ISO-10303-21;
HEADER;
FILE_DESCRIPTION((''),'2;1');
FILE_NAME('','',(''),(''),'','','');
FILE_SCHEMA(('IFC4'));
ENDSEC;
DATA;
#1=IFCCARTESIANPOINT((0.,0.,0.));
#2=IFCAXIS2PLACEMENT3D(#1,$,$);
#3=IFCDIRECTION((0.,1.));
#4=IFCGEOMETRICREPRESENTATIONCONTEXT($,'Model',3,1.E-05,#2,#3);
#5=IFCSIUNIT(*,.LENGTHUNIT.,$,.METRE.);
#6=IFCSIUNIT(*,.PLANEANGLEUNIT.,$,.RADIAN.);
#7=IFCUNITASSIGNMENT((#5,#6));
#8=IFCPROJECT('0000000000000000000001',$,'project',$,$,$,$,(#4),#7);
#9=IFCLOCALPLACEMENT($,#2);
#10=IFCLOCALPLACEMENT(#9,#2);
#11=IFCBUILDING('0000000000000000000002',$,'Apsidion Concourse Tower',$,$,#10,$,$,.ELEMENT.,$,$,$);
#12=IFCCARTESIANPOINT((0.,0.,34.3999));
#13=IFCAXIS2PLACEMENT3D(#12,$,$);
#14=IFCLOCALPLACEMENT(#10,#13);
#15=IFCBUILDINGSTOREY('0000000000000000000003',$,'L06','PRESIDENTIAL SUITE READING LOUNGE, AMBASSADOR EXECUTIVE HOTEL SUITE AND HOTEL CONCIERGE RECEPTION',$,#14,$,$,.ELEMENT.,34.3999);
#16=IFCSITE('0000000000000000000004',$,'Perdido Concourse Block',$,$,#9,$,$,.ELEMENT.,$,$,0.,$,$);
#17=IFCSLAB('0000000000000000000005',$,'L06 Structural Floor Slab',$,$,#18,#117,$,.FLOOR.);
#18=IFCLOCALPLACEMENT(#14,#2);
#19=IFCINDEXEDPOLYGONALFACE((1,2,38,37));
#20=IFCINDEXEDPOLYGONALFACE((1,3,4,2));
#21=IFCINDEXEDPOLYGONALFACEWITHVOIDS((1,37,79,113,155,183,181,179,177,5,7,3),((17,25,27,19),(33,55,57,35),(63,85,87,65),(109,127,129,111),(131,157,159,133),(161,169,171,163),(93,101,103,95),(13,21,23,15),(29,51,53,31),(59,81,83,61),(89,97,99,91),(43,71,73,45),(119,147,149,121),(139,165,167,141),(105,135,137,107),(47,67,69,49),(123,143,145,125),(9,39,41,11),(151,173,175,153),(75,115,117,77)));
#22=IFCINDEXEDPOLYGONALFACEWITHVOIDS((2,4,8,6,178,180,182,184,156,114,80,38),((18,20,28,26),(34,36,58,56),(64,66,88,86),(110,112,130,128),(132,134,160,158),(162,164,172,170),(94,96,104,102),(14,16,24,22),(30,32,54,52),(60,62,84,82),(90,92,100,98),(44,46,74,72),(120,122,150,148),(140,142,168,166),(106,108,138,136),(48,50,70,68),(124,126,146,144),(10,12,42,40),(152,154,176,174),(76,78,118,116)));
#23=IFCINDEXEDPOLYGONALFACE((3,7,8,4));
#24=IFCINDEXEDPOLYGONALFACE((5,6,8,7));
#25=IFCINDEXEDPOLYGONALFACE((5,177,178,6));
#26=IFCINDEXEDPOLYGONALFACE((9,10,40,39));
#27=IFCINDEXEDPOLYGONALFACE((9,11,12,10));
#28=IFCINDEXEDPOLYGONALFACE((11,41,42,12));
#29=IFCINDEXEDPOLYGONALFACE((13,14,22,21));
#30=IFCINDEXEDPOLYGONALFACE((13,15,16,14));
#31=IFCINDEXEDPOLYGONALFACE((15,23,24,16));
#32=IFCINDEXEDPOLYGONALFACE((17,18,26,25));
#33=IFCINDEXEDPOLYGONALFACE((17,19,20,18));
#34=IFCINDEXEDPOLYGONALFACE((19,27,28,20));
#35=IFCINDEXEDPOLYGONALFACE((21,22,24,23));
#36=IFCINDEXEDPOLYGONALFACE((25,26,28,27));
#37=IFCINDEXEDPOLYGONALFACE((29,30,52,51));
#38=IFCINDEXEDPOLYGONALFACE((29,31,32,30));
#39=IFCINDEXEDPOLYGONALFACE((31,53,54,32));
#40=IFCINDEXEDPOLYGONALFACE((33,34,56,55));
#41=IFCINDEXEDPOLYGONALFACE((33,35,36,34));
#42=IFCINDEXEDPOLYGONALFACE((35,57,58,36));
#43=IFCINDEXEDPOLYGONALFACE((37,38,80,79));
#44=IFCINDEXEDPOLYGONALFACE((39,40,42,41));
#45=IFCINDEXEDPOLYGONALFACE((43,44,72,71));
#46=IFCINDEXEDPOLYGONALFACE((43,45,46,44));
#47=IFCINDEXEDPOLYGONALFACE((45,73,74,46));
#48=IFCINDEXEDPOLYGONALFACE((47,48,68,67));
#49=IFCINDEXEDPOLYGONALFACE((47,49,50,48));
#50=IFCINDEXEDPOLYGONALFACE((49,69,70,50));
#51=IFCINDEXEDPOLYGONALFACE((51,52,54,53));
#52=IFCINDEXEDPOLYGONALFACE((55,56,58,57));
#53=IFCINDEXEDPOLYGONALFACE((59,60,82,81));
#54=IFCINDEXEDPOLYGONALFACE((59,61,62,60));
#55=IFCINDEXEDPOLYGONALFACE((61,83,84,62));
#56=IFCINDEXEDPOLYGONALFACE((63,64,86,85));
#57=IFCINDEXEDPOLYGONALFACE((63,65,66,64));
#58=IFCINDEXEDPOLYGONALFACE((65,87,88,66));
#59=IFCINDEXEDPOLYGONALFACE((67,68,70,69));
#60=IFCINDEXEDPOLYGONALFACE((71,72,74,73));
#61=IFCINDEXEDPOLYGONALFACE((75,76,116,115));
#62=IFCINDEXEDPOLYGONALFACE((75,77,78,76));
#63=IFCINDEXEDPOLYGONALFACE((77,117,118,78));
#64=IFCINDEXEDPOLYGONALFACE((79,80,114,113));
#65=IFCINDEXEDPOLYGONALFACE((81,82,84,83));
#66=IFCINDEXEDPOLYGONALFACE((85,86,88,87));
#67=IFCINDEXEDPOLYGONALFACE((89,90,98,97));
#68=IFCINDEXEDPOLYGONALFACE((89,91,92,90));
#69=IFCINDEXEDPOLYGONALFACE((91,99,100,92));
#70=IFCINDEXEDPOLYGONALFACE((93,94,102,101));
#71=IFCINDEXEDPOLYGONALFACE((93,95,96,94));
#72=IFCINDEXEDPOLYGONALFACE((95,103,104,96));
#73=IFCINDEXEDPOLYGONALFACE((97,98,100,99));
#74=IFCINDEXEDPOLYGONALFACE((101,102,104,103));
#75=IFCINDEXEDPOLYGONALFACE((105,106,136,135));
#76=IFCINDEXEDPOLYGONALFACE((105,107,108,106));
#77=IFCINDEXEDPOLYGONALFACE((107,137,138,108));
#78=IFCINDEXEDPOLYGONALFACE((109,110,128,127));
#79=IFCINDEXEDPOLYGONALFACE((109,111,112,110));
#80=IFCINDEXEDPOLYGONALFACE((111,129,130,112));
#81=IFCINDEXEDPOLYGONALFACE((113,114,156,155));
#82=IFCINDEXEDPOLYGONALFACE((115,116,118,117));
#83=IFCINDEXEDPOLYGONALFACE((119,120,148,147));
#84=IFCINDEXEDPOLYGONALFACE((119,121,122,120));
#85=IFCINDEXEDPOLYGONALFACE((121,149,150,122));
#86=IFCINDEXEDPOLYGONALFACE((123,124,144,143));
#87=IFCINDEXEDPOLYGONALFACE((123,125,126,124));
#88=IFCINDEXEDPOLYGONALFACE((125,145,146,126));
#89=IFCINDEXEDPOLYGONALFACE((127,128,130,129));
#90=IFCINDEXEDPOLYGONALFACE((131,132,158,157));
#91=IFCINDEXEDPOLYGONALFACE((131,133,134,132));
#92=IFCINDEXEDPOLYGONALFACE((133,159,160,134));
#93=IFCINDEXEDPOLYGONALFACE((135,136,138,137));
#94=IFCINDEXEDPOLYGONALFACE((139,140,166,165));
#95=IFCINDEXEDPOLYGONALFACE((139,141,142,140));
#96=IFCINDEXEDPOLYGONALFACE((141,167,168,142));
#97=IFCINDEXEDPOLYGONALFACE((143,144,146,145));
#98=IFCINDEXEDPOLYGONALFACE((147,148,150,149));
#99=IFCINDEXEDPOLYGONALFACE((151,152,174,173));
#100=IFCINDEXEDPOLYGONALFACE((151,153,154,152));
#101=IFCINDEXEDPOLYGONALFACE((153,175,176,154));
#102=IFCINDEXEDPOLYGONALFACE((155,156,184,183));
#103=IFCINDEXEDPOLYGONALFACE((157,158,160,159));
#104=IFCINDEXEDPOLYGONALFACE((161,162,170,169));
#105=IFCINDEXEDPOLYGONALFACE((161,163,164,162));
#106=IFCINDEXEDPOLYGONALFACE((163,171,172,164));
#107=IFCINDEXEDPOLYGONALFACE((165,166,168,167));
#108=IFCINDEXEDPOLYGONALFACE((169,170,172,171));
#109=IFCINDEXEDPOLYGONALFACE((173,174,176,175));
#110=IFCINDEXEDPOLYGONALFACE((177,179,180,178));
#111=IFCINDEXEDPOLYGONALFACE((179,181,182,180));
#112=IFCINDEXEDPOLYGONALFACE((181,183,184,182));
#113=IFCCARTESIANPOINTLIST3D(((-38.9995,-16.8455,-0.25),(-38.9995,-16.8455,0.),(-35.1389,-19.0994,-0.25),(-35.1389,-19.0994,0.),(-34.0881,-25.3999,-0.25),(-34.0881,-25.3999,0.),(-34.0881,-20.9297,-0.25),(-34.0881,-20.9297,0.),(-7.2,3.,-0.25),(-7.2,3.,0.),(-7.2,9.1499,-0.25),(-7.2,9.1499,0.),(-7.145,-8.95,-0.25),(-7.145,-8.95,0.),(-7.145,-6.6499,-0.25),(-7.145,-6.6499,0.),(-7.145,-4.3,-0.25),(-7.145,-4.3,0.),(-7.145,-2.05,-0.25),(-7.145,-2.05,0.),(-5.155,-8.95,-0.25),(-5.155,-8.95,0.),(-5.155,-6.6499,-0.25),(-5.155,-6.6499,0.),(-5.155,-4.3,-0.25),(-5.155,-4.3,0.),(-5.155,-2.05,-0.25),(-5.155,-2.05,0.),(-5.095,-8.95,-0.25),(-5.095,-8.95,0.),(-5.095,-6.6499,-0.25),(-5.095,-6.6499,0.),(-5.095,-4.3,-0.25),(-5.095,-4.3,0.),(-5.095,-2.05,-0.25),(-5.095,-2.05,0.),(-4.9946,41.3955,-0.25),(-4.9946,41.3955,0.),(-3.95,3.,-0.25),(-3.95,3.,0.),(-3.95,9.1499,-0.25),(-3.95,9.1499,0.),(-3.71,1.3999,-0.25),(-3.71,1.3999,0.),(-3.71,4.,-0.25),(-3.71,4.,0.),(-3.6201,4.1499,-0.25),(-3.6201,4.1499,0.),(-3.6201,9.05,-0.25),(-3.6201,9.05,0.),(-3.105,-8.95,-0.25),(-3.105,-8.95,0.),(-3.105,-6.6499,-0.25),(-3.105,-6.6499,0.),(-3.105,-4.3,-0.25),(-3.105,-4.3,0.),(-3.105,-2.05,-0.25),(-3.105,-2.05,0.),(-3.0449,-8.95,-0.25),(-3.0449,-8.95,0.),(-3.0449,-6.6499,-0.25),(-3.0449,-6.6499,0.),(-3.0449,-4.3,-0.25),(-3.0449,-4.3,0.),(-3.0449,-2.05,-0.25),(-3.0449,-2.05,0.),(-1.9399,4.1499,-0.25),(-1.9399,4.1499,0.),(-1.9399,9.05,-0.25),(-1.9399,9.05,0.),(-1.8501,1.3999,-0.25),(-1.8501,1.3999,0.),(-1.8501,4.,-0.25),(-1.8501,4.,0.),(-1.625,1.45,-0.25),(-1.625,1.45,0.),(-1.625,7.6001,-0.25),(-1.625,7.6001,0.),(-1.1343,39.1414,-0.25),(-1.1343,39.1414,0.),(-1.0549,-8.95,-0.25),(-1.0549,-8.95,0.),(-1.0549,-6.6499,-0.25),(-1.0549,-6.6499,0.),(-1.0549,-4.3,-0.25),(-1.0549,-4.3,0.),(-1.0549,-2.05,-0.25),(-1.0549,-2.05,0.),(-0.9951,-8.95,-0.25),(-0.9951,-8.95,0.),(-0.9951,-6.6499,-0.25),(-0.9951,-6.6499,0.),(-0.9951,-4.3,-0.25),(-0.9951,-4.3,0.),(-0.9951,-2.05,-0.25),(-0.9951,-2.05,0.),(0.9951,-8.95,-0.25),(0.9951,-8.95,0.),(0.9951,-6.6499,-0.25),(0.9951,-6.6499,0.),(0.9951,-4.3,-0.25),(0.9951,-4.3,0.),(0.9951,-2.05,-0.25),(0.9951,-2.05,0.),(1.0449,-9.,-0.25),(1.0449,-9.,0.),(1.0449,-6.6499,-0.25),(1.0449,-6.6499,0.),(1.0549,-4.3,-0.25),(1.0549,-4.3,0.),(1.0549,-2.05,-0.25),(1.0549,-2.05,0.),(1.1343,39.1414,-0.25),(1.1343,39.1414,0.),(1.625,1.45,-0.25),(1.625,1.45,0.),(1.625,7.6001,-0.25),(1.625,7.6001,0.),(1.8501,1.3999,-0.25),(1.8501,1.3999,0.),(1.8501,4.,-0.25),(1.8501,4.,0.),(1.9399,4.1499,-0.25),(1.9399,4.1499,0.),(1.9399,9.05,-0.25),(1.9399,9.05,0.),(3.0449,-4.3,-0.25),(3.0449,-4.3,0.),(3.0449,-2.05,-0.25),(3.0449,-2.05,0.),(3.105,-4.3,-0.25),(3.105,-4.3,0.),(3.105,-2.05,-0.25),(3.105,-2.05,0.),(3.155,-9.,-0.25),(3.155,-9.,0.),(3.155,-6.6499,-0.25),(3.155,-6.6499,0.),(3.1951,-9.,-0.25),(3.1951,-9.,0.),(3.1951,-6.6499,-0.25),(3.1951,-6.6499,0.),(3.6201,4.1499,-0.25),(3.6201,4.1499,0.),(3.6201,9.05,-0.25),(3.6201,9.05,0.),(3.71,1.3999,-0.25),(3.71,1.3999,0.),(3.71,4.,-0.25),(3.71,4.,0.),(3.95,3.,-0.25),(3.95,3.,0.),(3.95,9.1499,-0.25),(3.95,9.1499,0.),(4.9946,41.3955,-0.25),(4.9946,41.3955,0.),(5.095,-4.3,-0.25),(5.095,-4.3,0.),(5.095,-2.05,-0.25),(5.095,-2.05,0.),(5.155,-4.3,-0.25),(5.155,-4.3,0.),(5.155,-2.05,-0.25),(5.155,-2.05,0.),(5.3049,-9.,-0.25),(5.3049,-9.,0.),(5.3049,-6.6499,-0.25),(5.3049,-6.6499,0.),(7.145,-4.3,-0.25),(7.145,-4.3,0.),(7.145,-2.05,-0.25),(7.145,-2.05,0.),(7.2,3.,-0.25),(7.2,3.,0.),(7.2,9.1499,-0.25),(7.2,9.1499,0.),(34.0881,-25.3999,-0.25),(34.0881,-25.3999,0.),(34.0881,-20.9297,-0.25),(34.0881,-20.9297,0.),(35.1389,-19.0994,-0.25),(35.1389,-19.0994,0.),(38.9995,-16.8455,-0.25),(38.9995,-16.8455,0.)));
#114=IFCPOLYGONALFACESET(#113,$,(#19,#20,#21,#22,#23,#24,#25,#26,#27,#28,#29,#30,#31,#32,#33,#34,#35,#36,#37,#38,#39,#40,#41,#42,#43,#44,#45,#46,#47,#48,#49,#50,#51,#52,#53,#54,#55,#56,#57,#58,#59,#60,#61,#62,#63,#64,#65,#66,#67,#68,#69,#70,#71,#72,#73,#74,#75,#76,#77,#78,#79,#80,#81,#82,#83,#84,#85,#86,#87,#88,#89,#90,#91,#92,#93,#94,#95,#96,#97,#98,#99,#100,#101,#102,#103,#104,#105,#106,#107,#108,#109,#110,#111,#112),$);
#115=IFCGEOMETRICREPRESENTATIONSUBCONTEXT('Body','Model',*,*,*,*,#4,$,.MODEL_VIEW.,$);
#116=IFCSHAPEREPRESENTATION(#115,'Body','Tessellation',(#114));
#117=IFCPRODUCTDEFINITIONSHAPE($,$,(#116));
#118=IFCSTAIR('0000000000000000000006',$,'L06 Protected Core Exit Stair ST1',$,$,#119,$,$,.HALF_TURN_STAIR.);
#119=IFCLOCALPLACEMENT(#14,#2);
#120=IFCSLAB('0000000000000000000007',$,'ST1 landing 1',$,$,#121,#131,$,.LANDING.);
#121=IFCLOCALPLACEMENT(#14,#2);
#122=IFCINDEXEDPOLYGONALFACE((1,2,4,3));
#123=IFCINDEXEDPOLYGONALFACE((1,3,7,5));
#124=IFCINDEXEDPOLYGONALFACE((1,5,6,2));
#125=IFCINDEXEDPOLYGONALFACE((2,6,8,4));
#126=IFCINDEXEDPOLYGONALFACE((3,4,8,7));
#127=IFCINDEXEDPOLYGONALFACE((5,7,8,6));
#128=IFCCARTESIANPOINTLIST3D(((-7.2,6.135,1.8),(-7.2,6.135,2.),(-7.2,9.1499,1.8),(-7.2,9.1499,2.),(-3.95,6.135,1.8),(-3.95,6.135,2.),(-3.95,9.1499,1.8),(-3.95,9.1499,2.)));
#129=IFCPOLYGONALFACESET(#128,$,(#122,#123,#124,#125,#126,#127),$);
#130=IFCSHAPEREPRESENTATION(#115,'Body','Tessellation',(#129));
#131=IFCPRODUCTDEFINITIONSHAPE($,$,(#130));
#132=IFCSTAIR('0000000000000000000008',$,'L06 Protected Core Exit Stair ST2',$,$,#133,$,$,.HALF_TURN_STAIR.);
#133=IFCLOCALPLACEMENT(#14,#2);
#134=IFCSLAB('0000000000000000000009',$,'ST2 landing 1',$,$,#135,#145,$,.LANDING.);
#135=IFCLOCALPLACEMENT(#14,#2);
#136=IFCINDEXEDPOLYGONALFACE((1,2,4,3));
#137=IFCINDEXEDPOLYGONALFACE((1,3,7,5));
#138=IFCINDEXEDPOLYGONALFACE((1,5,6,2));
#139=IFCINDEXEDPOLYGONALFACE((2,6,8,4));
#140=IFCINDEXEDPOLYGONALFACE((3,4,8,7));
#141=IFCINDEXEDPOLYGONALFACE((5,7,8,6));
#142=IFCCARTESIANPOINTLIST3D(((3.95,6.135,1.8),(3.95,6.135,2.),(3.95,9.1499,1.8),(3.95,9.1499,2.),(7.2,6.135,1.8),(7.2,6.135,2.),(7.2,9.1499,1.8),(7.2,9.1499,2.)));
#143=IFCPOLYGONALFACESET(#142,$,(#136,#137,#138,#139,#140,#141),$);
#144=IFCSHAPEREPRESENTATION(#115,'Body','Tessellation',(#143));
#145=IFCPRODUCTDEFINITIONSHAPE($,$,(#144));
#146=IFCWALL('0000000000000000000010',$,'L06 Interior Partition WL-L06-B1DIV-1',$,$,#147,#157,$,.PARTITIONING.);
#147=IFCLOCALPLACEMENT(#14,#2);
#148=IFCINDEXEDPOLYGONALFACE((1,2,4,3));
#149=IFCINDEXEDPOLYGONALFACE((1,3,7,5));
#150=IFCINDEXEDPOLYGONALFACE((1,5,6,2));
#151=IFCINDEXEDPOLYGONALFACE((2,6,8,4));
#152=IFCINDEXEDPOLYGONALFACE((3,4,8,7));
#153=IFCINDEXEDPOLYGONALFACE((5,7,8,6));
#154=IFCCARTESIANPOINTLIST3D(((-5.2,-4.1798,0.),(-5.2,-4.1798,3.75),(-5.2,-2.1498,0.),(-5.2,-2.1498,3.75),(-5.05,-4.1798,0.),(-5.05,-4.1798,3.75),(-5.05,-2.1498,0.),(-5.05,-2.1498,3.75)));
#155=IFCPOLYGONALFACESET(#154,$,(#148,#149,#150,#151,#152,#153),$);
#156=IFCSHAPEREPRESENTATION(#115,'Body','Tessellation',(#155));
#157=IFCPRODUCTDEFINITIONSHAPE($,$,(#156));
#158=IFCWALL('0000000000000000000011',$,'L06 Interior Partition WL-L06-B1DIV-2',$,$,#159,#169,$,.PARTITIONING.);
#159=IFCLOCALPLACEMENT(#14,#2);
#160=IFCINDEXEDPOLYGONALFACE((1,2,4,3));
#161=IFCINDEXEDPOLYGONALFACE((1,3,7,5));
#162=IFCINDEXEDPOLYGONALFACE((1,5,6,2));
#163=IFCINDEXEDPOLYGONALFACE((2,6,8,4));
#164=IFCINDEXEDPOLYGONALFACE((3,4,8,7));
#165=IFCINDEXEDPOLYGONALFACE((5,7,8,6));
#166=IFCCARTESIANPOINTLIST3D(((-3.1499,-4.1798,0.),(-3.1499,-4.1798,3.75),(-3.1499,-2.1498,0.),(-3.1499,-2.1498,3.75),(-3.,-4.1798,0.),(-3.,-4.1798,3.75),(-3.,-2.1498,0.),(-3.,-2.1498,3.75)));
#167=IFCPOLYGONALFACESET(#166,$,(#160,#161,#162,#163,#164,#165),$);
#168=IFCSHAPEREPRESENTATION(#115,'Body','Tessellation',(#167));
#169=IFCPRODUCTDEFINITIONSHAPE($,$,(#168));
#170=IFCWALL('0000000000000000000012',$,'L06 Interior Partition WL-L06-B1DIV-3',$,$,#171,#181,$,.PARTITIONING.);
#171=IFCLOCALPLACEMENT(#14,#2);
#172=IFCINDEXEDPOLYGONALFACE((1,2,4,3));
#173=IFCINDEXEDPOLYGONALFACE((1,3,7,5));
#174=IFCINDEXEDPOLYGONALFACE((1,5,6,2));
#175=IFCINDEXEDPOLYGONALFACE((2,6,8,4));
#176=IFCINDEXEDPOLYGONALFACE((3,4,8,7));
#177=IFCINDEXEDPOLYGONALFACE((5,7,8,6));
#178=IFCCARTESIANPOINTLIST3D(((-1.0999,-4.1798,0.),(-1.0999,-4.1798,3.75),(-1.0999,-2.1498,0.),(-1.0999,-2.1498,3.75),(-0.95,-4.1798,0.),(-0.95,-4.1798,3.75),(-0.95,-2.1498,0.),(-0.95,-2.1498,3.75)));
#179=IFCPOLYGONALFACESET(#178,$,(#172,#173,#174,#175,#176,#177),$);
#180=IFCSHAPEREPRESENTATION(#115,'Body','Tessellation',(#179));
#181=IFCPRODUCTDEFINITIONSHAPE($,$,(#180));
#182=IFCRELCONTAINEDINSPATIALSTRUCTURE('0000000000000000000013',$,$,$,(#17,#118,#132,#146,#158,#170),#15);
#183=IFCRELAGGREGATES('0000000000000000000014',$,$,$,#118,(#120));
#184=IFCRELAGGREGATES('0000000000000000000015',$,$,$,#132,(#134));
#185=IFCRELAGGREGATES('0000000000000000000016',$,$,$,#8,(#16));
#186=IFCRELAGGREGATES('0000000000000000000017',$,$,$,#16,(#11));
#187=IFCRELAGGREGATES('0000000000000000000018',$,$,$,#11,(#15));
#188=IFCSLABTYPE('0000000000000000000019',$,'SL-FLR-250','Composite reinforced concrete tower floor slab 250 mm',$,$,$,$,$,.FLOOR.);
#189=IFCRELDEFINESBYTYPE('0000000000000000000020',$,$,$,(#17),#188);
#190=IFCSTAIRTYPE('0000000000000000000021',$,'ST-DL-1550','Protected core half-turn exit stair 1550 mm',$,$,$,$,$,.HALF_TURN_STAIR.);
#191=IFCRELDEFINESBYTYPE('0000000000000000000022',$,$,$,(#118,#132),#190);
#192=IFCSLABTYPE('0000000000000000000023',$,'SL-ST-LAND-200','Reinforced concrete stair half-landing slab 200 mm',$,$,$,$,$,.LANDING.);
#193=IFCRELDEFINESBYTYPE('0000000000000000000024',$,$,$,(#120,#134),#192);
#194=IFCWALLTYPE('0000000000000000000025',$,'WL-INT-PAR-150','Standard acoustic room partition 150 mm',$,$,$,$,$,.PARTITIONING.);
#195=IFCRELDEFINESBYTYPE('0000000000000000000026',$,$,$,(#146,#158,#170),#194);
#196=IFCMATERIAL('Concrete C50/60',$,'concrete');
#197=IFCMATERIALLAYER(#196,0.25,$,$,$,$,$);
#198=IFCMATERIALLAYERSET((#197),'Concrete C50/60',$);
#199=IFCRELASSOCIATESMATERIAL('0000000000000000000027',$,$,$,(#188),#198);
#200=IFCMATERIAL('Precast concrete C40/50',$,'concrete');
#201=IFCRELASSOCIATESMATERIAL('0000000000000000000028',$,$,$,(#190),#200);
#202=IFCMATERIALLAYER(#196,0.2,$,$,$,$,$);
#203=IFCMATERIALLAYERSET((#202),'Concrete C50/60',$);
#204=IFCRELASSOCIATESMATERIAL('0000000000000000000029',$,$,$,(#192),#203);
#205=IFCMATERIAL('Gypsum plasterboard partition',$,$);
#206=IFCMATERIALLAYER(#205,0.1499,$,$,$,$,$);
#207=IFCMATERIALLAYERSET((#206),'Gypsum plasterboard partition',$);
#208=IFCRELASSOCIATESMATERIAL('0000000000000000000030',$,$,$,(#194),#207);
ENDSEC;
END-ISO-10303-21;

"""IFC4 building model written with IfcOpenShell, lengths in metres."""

from ifc_helpers import new_model, si_unit, direction, frame, frame_2d, origin, place, context, subcontext, project, spatial, polyline, rectangle, outline, extrude, material, layer, layer_set, type_object, element, aggregate, save


model = new_model("IFC4")

# Units and contexts
model_context = context("Model", 3, precision=1e-05, world=origin(), true_north=direction((0.0, 1.0)))
body_context = subcontext(model_context, "Body", "Model", "MODEL_VIEW")
ifc_project = project(units=[si_unit("LENGTHUNIT", "METRE"), si_unit("PLANEANGLEUNIT", "RADIAN")], contexts=[model_context])

# Site, building, storey
site_placement = place(None, origin())
site = spatial("IfcSite", under=ifc_project, at=site_placement, Name="Perdido Concourse Block", CompositionType="ELEMENT", RefElevation=0.0)
building_placement = place(site_placement, origin())
building = spatial("IfcBuilding", under=site, at=building_placement, Name="Apsidion Concourse Tower", CompositionType="ELEMENT")
storey_placement = place(building_placement, frame((0.0, 0.0, 34.3999)))
storey = spatial("IfcBuildingStorey", under=building, at=storey_placement, Name="L06", Description="PRESIDENTIAL SUITE READING LOUNGE, AMBASSADOR EXECUTIVE HOTEL SUITE AND HOTEL CONCIERGE RECEPTION", CompositionType="ELEMENT", Elevation=34.3999)

# Slab
ifc_material_1 = material(Name="Concrete C50/60", Category="concrete")
ifc_layer_1 = layer(ifc_material_1, 0.25)
ifc_layer_set_1 = layer_set([ifc_layer_1], Name="Concrete C50/60")
slab_type_1 = type_object("IfcSlabType", Name="SL-FLR-250", Description="Composite reinforced concrete tower floor slab 250 mm", PredefinedType="FLOOR", material=ifc_layer_set_1)
slab_1_placement = place(storey_placement, frame((0.0, 0.0, -0.25)))
element("IfcSlab", 1, at=slab_1_placement, inside=storey, type_object=slab_type_1, Name="L06 Structural Floor Slab", PredefinedType="FLOOR", context=body_context, shape_type="SweptSolid", body=[
    extrude(outline(polyline([(4.9946, 41.3955), (1.1343, 39.1414), (-1.1343, 39.1414), (-4.9946, 41.3955), (-38.9995, -16.8455), (-35.1389, -19.0994), (-34.0881, -20.9297), (-34.0881, -25.3999), (34.0881, -25.3999), (34.0881, -20.9297), (35.1389, -19.0994), (38.9995, -16.8455), (4.9946, 41.3955)]), holes=[polyline([(-3.95, 3.0), (-3.95, 9.1499), (-7.2, 9.1499), (-7.2, 3.0), (-3.95, 3.0)]), polyline([(7.2, 3.0), (7.2, 9.1499), (3.95, 9.1499), (3.95, 3.0), (7.2, 3.0)]), polyline([(-1.625, 7.6001), (-1.625, 1.45), (1.625, 1.45), (1.625, 7.6001), (-1.625, 7.6001)]), polyline([(-7.145, -4.3), (-5.155, -4.3), (-5.155, -2.05), (-7.145, -2.05), (-7.145, -4.3)]), polyline([(-5.095, -4.3), (-3.105, -4.3), (-3.105, -2.05), (-5.095, -2.05), (-5.095, -4.3)]), polyline([(-3.0449, -4.3), (-1.0549, -4.3), (-1.0549, -2.05), (-3.0449, -2.05), (-3.0449, -4.3)]), polyline([(-0.9951, -4.3), (0.9951, -4.3), (0.9951, -2.05), (-0.9951, -2.05), (-0.9951, -4.3)]), polyline([(1.0549, -4.3), (3.0449, -4.3), (3.0449, -2.05), (1.0549, -2.05), (1.0549, -4.3)]), polyline([(3.105, -4.3), (5.095, -4.3), (5.095, -2.05), (3.105, -2.05), (3.105, -4.3)]), polyline([(5.155, -4.3), (7.145, -4.3), (7.145, -2.05), (5.155, -2.05), (5.155, -4.3)]), polyline([(-7.145, -8.95), (-5.155, -8.95), (-5.155, -6.6499), (-7.145, -6.6499), (-7.145, -8.95)]), polyline([(-5.095, -8.95), (-3.105, -8.95), (-3.105, -6.6499), (-5.095, -6.6499), (-5.095, -8.95)]), polyline([(-3.0449, -8.95), (-1.0549, -8.95), (-1.0549, -6.6499), (-3.0449, -6.6499), (-3.0449, -8.95)]), polyline([(-0.9951, -8.95), (0.9951, -8.95), (0.9951, -6.6499), (-0.9951, -6.6499), (-0.9951, -8.95)]), polyline([(1.0449, -9.0), (3.155, -9.0), (3.155, -6.6499), (1.0449, -6.6499), (1.0449, -9.0)]), polyline([(3.1951, -9.0), (5.3049, -9.0), (5.3049, -6.6499), (3.1951, -6.6499), (3.1951, -9.0)]), polyline([(-3.71, 1.3999), (-1.8501, 1.3999), (-1.8501, 4.0), (-3.71, 4.0), (-3.71, 1.3999)]), polyline([(1.8501, 1.3999), (3.71, 1.3999), (3.71, 4.0), (1.8501, 4.0), (1.8501, 1.3999)]), polyline([(-3.6201, 4.1499), (-1.9399, 4.1499), (-1.9399, 9.05), (-3.6201, 9.05), (-3.6201, 4.1499)]), polyline([(1.9399, 4.1499), (3.6201, 4.1499), (3.6201, 9.05), (1.9399, 9.05), (1.9399, 4.1499)])]), origin(), (0.0, 0.0, 1.0), 0.25),
])

# Stairs, slabs
ifc_material_2 = material(Name="Precast concrete C40/50", Category="concrete")
stair_type = type_object("IfcStairType", Name="ST-DL-1550", Description="Protected core half-turn exit stair 1550 mm", PredefinedType="HALF_TURN_STAIR", material=ifc_material_2)
stair_1_placement = place(storey_placement, origin())
stair_1 = element("IfcStair", 2, at=stair_1_placement, inside=storey, type_object=stair_type, Name="L06 Protected Core Exit Stair ST1", PredefinedType="HALF_TURN_STAIR")
ifc_layer_2 = layer(ifc_material_1, 0.2)
ifc_layer_set_2 = layer_set([ifc_layer_2], Name="Concrete C50/60")
slab_type_2 = type_object("IfcSlabType", Name="SL-ST-LAND-200", Description="Reinforced concrete stair half-landing slab 200 mm", PredefinedType="LANDING", material=ifc_layer_set_2)
slab_2_placement = place(storey_placement, frame((0.0, 0.0, 1.8)))
slab_2 = element("IfcSlab", 3, at=slab_2_placement, type_object=slab_type_2, Name="ST1 landing 1", PredefinedType="LANDING", context=body_context, shape_type="SweptSolid", body=[
    extrude(outline(polyline([(-3.95, 6.135), (-3.95, 9.1499), (-7.2, 9.1499), (-7.2, 6.135), (-3.95, 6.135)])), origin(), (0.0, 0.0, 1.0), 0.2),
])
aggregate(stair_1, [slab_2])
stair_2_placement = place(storey_placement, origin())
stair_2 = element("IfcStair", 4, at=stair_2_placement, inside=storey, type_object=stair_type, Name="L06 Protected Core Exit Stair ST2", PredefinedType="HALF_TURN_STAIR")
slab_3_placement = place(storey_placement, frame((0.0, 0.0, 1.8)))
slab_3 = element("IfcSlab", 5, at=slab_3_placement, type_object=slab_type_2, Name="ST2 landing 1", PredefinedType="LANDING", context=body_context, shape_type="SweptSolid", body=[
    extrude(outline(polyline([(7.2, 6.135), (7.2, 9.1499), (3.95, 9.1499), (3.95, 6.135), (7.2, 6.135)])), origin(), (0.0, 0.0, 1.0), 0.2),
])
aggregate(stair_2, [slab_3])

# Walls
ifc_material_3 = material(Name="Gypsum plasterboard partition")
ifc_layer_3 = layer(ifc_material_3, 0.1499)
ifc_layer_set_3 = layer_set([ifc_layer_3], Name="Gypsum plasterboard partition")
wall_type_1 = type_object("IfcWallType", Name="WL-INT-PAR-150", Description="Standard acoustic room partition 150 mm", PredefinedType="PARTITIONING", material=ifc_layer_set_3)
for number, where, z_axis, x_axis, name in (
    (6, (-5.125, -4.1799, 0.0), (0.0, 0.0, 1.0), (0.0, 1.0, 0.0), "L06 Interior Partition WL-L06-B1DIV-1"),
    (7, (-3.075, -4.1799, 0.0), (0.0, 0.0, 1.0), (0.0, 1.0, 0.0), "L06 Interior Partition WL-L06-B1DIV-2"),
    (8, (-1.0249, -4.1799, 0.0), (0.0, 0.0, 1.0), (0.0, 1.0, 0.0), "L06 Interior Partition WL-L06-B1DIV-3"),
):
    element("IfcWall", number, at=place(storey_placement, frame(where, z_axis=z_axis, x_axis=x_axis)), inside=storey, type_object=wall_type_1, Name=name, PredefinedType="PARTITIONING", context=body_context, shape_type="SweptSolid", body=[
        extrude(rectangle(XDim=2.03, YDim=0.1499, at=frame_2d((1.0151, 0.0))), origin(), (0.0, 0.0, 1.0), 3.75),
    ])

save(model, "model.ifc")
